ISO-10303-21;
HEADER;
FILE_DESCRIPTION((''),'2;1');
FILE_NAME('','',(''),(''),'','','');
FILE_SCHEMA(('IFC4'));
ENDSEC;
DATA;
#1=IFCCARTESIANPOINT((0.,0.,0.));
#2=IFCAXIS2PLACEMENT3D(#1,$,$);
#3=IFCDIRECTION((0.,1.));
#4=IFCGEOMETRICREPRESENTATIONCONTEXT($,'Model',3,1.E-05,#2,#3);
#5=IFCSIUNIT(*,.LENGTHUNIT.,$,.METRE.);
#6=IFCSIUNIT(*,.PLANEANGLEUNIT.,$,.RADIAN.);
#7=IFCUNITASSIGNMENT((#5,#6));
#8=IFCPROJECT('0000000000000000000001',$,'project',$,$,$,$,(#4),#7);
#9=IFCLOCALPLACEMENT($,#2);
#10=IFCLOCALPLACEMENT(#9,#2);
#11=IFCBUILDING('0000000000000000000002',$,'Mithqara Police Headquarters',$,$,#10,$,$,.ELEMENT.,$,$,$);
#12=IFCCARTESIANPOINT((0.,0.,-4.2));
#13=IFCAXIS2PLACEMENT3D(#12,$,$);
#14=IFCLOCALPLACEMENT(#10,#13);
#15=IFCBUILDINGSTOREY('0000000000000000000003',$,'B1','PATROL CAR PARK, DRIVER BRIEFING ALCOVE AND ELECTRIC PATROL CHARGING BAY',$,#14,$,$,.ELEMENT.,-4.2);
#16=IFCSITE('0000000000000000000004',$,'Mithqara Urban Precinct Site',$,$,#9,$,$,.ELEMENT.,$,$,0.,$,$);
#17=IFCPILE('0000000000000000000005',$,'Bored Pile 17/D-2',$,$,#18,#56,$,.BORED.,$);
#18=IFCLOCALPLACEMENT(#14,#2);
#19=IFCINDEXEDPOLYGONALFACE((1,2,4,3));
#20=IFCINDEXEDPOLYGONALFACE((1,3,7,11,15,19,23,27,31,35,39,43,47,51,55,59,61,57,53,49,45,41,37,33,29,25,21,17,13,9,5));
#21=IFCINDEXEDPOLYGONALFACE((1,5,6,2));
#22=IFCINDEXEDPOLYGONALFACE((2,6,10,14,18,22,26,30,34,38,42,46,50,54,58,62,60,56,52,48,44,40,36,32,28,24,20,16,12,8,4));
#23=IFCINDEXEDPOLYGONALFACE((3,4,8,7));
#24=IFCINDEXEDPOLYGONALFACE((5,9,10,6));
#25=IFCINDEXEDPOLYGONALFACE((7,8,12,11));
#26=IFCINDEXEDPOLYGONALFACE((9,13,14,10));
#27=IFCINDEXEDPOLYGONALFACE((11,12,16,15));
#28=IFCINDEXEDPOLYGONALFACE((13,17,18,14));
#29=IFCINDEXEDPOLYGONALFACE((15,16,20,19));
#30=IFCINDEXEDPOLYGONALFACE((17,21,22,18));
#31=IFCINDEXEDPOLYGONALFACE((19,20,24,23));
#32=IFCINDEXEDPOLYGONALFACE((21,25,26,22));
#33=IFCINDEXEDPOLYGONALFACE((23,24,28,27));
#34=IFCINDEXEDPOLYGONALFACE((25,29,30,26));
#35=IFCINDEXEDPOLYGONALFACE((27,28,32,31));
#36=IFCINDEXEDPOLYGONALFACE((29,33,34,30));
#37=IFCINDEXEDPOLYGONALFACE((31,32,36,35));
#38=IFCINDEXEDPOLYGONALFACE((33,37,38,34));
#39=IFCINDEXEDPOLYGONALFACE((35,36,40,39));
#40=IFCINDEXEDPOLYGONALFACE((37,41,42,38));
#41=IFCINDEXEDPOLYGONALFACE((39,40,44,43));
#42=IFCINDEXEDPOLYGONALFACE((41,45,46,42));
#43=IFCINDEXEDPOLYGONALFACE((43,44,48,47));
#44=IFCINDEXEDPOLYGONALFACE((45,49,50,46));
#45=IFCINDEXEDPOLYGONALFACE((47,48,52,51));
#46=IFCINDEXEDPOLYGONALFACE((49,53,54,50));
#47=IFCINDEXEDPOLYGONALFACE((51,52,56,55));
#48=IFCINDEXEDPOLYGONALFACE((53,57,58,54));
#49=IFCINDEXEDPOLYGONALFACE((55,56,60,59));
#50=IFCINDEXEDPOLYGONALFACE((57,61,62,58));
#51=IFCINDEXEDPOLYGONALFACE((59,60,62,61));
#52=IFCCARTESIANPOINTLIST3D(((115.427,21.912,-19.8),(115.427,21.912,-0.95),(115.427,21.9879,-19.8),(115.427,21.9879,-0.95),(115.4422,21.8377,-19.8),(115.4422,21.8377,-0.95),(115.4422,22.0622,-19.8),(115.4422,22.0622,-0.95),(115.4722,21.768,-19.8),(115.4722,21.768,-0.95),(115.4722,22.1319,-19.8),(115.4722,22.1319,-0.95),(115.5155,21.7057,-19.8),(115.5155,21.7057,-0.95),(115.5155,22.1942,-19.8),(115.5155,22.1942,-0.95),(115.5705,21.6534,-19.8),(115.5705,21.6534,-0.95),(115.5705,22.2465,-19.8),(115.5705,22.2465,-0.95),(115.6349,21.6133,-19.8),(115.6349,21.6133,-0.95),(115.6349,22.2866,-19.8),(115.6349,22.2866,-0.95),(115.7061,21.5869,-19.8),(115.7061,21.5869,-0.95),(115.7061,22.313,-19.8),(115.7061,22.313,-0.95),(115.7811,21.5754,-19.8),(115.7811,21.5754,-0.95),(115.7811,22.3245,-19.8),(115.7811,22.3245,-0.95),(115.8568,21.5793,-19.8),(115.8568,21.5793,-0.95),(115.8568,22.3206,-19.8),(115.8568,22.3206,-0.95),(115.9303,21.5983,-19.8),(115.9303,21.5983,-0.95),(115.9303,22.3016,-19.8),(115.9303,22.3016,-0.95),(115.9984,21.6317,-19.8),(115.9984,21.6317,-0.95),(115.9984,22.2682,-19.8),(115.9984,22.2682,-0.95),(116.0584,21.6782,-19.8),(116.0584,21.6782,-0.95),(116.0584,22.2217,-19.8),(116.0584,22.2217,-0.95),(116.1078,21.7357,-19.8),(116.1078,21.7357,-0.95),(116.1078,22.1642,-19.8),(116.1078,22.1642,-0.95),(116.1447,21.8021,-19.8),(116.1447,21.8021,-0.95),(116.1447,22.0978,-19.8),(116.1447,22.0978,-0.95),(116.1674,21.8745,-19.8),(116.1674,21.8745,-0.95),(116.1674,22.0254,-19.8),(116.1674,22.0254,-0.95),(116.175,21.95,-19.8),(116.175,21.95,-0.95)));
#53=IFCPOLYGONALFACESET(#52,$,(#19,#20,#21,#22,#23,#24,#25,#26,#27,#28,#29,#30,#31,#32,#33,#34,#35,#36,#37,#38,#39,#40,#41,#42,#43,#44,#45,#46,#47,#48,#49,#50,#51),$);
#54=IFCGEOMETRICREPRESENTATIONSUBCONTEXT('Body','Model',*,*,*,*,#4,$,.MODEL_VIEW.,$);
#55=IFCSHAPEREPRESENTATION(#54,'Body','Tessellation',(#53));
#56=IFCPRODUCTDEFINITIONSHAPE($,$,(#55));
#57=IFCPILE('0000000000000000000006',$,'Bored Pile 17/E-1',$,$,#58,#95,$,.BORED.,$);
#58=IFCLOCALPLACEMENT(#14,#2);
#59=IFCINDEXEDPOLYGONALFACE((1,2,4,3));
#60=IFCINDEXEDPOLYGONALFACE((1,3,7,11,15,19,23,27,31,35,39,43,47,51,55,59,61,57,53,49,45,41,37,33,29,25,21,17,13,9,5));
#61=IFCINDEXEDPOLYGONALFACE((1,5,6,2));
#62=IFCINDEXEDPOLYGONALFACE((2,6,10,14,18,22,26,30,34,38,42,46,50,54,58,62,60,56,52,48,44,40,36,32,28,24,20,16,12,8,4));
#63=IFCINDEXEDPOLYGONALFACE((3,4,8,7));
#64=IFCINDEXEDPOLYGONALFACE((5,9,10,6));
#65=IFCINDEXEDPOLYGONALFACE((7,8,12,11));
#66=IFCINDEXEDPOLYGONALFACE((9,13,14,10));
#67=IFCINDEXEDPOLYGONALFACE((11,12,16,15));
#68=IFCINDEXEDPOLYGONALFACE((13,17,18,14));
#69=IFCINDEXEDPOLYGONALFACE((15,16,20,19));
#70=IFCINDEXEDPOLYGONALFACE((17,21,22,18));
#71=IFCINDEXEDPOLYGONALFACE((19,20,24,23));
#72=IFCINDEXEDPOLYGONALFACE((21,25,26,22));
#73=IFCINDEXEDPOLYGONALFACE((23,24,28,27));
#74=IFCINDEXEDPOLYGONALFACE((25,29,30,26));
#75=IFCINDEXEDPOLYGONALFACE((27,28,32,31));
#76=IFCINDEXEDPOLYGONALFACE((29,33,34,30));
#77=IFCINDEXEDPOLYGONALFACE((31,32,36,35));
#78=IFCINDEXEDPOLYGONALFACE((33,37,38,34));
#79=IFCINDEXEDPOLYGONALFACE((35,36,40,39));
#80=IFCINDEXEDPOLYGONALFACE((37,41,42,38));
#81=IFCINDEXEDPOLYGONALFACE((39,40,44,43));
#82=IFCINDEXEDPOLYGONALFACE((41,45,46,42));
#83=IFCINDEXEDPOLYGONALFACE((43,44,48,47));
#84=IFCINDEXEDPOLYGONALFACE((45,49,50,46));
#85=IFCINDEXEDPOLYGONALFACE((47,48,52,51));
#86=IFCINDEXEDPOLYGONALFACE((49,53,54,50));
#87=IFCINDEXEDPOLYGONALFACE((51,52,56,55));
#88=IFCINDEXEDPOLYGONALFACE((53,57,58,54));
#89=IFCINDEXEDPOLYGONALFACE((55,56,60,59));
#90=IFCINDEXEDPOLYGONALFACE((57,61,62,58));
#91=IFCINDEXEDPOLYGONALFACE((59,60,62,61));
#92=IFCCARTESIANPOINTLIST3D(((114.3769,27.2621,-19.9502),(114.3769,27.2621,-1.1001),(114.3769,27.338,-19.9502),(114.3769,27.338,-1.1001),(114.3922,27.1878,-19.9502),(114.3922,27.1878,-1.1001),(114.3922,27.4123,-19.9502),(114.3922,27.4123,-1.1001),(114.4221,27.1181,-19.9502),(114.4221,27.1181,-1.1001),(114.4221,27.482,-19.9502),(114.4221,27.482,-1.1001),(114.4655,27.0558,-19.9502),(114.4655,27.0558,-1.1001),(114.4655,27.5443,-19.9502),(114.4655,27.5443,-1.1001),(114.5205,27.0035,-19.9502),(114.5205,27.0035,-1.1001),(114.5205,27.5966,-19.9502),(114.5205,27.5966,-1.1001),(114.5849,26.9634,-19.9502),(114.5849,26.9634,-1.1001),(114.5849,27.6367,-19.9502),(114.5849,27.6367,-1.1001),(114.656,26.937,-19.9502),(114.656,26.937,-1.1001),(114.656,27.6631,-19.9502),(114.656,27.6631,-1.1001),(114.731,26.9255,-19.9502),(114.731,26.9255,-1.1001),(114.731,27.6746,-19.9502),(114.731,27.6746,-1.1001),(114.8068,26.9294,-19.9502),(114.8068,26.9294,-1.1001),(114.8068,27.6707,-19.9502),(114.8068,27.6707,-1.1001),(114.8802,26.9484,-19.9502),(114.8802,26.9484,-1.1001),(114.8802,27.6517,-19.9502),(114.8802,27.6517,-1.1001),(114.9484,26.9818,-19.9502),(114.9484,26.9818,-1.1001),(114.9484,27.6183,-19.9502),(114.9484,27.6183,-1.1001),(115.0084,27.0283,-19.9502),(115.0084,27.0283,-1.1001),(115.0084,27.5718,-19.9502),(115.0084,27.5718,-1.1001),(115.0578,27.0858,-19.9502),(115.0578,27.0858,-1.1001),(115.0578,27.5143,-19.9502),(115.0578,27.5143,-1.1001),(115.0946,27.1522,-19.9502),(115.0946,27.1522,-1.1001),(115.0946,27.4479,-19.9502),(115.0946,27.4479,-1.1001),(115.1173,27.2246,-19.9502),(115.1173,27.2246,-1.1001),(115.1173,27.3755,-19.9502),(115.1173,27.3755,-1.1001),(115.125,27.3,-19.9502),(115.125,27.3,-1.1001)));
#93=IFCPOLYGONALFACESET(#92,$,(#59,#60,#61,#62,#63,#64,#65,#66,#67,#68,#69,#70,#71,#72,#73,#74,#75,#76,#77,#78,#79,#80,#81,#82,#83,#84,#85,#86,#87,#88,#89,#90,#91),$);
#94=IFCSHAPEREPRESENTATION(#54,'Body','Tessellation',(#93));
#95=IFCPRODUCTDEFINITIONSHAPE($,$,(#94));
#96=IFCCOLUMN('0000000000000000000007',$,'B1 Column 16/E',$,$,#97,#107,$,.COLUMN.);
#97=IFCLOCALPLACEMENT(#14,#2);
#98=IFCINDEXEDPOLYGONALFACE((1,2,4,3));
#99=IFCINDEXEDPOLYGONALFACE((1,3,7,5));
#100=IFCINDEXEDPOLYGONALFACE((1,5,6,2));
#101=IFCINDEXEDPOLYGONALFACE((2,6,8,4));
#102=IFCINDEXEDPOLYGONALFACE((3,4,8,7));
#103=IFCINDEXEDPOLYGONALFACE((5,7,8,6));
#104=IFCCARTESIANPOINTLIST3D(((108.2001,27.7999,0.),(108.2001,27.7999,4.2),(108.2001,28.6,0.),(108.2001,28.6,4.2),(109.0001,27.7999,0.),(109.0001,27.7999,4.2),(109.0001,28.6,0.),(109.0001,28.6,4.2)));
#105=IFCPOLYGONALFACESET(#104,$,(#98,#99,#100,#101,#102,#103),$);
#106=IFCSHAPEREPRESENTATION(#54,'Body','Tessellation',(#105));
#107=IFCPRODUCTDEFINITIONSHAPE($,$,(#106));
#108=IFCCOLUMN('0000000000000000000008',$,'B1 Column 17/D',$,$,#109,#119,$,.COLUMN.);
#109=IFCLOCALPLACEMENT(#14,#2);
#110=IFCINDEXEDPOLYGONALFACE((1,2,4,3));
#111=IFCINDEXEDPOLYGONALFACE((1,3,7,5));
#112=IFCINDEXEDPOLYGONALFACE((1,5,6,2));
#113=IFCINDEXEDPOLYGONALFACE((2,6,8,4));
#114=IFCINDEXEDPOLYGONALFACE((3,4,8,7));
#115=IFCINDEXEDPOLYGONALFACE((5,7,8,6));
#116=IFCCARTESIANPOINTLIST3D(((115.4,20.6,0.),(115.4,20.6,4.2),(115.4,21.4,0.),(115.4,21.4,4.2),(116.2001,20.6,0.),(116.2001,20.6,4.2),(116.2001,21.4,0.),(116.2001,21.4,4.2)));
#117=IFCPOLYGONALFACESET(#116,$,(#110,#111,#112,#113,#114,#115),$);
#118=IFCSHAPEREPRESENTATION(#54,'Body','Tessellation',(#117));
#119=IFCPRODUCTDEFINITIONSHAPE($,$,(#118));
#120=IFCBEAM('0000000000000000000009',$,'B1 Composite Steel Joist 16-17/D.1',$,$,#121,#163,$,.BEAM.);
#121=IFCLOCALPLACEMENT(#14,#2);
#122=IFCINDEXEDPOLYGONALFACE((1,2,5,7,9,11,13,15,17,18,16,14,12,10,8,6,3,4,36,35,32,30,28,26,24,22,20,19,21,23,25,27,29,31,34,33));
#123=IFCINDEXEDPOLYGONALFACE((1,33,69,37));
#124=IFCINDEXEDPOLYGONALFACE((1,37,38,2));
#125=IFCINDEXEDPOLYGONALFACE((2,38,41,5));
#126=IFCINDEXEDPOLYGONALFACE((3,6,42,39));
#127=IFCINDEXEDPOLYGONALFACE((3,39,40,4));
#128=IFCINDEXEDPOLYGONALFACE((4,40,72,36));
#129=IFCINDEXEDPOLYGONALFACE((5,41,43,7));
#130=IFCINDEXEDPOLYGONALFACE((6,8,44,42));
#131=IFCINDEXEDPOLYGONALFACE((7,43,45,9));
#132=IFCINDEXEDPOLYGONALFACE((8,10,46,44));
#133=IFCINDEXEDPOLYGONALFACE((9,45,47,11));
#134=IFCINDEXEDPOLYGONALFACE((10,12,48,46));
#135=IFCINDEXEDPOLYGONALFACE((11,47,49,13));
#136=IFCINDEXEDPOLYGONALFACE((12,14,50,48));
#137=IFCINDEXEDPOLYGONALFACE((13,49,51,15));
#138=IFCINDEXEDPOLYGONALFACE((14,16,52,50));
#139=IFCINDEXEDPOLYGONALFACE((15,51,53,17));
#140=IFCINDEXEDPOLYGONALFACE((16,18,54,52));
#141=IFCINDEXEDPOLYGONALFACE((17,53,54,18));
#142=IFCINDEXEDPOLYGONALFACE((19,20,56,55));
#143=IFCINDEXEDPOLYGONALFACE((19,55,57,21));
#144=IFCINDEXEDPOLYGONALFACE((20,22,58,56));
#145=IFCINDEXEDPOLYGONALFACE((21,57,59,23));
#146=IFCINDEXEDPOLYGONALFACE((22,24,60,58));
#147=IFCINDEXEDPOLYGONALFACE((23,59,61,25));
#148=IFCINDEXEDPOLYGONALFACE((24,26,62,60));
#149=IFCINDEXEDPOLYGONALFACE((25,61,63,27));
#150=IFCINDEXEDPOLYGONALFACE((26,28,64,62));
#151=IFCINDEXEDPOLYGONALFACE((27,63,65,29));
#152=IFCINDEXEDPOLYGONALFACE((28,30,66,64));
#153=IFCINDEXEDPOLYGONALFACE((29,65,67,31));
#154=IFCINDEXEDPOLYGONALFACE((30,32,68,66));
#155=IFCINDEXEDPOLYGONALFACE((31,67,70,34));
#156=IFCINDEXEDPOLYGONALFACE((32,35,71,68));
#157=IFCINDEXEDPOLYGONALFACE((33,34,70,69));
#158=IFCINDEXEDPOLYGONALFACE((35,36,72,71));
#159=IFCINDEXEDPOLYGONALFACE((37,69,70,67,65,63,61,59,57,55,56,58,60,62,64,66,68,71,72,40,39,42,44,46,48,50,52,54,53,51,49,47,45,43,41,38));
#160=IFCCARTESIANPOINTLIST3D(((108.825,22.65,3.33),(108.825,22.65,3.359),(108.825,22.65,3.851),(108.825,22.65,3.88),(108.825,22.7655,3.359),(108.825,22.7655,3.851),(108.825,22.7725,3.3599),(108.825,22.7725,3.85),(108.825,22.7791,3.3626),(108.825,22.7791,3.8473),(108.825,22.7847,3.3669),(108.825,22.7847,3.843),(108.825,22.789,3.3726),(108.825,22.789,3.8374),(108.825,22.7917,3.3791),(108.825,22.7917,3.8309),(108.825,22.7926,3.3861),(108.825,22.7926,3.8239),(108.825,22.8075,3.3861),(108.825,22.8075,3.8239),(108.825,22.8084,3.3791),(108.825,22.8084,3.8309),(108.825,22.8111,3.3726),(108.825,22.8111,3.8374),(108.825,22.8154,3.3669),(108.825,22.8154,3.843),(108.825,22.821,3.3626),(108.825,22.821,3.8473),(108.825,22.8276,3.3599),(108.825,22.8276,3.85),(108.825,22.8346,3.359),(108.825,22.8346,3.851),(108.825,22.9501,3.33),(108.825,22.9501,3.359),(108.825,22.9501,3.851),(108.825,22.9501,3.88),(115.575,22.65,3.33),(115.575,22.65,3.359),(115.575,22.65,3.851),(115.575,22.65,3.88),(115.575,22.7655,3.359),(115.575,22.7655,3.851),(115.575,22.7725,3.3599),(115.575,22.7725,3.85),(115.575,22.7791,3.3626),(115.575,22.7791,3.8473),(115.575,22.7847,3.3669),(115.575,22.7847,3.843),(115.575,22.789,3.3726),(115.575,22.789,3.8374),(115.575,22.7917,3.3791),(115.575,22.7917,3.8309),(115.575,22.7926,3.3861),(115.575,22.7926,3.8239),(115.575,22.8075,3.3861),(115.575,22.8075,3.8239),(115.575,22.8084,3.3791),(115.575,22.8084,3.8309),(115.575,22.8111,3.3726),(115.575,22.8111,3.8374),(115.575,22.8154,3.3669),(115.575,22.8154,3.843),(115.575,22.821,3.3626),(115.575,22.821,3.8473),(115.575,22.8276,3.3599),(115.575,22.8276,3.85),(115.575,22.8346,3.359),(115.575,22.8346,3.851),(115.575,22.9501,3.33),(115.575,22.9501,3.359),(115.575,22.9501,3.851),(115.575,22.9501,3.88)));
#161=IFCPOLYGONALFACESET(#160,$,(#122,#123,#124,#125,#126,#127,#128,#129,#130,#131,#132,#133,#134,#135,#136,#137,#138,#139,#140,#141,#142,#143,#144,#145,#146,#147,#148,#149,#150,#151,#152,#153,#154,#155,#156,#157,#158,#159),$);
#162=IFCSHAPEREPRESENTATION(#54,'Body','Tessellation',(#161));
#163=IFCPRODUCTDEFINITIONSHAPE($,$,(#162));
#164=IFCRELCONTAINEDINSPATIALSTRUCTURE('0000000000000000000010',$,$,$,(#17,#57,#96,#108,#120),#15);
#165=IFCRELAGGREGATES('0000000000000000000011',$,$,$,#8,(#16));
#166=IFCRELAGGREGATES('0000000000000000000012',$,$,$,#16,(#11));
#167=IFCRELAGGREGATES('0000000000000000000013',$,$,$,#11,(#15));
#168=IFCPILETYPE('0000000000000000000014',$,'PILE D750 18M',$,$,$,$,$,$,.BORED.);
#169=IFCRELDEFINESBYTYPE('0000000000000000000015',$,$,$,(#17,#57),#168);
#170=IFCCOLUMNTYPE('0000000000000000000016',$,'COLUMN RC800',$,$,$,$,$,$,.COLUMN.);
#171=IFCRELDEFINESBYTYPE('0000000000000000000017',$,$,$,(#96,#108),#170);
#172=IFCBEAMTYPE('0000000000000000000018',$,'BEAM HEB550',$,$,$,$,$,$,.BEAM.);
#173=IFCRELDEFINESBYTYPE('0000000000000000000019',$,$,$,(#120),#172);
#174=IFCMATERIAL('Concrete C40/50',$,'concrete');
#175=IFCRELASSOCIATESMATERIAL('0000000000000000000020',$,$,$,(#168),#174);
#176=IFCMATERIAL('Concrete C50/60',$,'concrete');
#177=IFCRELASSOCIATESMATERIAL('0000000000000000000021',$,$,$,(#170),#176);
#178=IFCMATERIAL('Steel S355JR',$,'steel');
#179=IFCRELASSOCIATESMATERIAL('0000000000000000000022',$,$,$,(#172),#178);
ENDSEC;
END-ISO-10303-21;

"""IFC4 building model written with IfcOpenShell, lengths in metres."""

from ifc_helpers import new_model, si_unit, direction, frame, origin, origin_2d, place, context, subcontext, project, spatial, rectangle, circle, i_section, extrude, material, material_profile, profile_set, type_object, element, save


model = new_model("IFC4")

# Units and contexts
model_context = context("Model", 3, precision=1e-05, world=origin(), true_north=direction((0.0, 1.0)))
body_context = subcontext(model_context, "Body", "Model", "MODEL_VIEW")
ifc_project = project(units=[si_unit("LENGTHUNIT", "METRE"), si_unit("PLANEANGLEUNIT", "RADIAN")], contexts=[model_context])

# Site, building, storey
site_placement = place(None, origin())
site = spatial("IfcSite", under=ifc_project, at=site_placement, Name="Mithqara Urban Precinct Site", CompositionType="ELEMENT", RefElevation=0.0)
building_placement = place(site_placement, origin())
building = spatial("IfcBuilding", under=site, at=building_placement, Name="Mithqara Police Headquarters", CompositionType="ELEMENT")
storey_placement = place(building_placement, frame((0.0, 0.0, -4.2)))
storey = spatial("IfcBuildingStorey", under=building, at=storey_placement, Name="B1", Description="PATROL CAR PARK, DRIVER BRIEFING ALCOVE AND ELECTRIC PATROL CHARGING BAY", CompositionType="ELEMENT", Elevation=-4.2)

# Shared definitions
ifc_material_1 = material(Name="Concrete C40/50", Category="concrete")

# Piles
ifc_material_profile_1 = material_profile(ifc_material_1, circle(Radius=0.375, at=origin_2d()), Name="PILE D750")
ifc_profile_set_1 = profile_set([ifc_material_profile_1], Name="Concrete C40/50")
pile_type = type_object("IfcPileType", Name="PILE D750 18M", PredefinedType="BORED", material=ifc_profile_set_1)
for number, where, z_axis, x_axis, name in (
    (1, (115.8, 21.95, -0.95), (0.0, 0.0, -1.0), (1.0, 0.0, 0.0), "Bored Pile 17/D-2"),
    (2, (114.75, 27.3, -1.1001), (0.0, 0.0, -1.0), (1.0, 0.0, 0.0), "Bored Pile 17/E-1"),
):
    element("IfcPile", number, at=place(storey_placement, frame(where, z_axis=z_axis, x_axis=x_axis)), inside=storey, type_object=pile_type, Name=name, PredefinedType="BORED", context=body_context, shape_type="SweptSolid", body=[
        extrude(circle(Radius=0.375, at=origin_2d()), origin(), (0.0, 0.0, 1.0), 18.8501),
    ])

# Columns
ifc_material_2 = material(Name="Concrete C50/60", Category="concrete")
ifc_material_profile_2 = material_profile(ifc_material_2, rectangle(XDim=0.8, YDim=0.8, at=origin_2d()), Name="RC 800x800")
ifc_profile_set_2 = profile_set([ifc_material_profile_2], Name="Concrete C50/60")
column_type = type_object("IfcColumnType", Name="COLUMN RC800", PredefinedType="COLUMN", material=ifc_profile_set_2)
for number, where, z_axis, x_axis, name in (
    (3, (108.6001, 28.2, 0.0), (0.0, 0.0, 1.0), (1.0, 0.0, 0.0), "B1 Column 16/E"),
    (4, (115.8, 21.0, 0.0), (0.0, 0.0, 1.0), (1.0, 0.0, 0.0), "B1 Column 17/D"),
):
    element("IfcColumn", number, at=place(storey_placement, frame(where, z_axis=z_axis, x_axis=x_axis)), inside=storey, type_object=column_type, Name=name, PredefinedType="COLUMN", context=body_context, shape_type="SweptSolid", body=[
        extrude(rectangle(XDim=0.8, YDim=0.8, at=origin_2d()), origin(), (0.0, 0.0, 1.0), 4.2),
    ])

# Beam
ifc_material_3 = material(Name="Steel S355JR", Category="steel")
ifc_material_profile_3 = material_profile(ifc_material_3, i_section(OverallWidth=0.3, OverallDepth=0.55, WebThickness=0.0149, FlangeThickness=0.0291, FilletRadius=0.0271, at=origin_2d()), Name="HEB 550")
ifc_profile_set_3 = profile_set([ifc_material_profile_3], Name="Steel S355JR")
beam_type_1 = type_object("IfcBeamType", Name="BEAM HEB550", PredefinedType="BEAM", material=ifc_profile_set_3)
for number, where, z_axis, x_axis, name in (
    (5, (108.825, 22.8, 3.605), (1.0, 0.0, 0.0), (0.0, 1.0, 0.0), "B1 Composite Steel Joist 16-17/D.1"),
):
    element("IfcBeam", number, at=place(storey_placement, frame(where, z_axis=z_axis, x_axis=x_axis)), inside=storey, type_object=beam_type_1, Name=name, PredefinedType="BEAM", context=body_context, shape_type="SweptSolid", body=[
        extrude(i_section(OverallWidth=0.3, OverallDepth=0.55, WebThickness=0.0149, FlangeThickness=0.0291, FilletRadius=0.0271, at=origin_2d()), origin(), (0.0, 0.0, 1.0), 6.75),
    ])

save(model, "model.ifc")
